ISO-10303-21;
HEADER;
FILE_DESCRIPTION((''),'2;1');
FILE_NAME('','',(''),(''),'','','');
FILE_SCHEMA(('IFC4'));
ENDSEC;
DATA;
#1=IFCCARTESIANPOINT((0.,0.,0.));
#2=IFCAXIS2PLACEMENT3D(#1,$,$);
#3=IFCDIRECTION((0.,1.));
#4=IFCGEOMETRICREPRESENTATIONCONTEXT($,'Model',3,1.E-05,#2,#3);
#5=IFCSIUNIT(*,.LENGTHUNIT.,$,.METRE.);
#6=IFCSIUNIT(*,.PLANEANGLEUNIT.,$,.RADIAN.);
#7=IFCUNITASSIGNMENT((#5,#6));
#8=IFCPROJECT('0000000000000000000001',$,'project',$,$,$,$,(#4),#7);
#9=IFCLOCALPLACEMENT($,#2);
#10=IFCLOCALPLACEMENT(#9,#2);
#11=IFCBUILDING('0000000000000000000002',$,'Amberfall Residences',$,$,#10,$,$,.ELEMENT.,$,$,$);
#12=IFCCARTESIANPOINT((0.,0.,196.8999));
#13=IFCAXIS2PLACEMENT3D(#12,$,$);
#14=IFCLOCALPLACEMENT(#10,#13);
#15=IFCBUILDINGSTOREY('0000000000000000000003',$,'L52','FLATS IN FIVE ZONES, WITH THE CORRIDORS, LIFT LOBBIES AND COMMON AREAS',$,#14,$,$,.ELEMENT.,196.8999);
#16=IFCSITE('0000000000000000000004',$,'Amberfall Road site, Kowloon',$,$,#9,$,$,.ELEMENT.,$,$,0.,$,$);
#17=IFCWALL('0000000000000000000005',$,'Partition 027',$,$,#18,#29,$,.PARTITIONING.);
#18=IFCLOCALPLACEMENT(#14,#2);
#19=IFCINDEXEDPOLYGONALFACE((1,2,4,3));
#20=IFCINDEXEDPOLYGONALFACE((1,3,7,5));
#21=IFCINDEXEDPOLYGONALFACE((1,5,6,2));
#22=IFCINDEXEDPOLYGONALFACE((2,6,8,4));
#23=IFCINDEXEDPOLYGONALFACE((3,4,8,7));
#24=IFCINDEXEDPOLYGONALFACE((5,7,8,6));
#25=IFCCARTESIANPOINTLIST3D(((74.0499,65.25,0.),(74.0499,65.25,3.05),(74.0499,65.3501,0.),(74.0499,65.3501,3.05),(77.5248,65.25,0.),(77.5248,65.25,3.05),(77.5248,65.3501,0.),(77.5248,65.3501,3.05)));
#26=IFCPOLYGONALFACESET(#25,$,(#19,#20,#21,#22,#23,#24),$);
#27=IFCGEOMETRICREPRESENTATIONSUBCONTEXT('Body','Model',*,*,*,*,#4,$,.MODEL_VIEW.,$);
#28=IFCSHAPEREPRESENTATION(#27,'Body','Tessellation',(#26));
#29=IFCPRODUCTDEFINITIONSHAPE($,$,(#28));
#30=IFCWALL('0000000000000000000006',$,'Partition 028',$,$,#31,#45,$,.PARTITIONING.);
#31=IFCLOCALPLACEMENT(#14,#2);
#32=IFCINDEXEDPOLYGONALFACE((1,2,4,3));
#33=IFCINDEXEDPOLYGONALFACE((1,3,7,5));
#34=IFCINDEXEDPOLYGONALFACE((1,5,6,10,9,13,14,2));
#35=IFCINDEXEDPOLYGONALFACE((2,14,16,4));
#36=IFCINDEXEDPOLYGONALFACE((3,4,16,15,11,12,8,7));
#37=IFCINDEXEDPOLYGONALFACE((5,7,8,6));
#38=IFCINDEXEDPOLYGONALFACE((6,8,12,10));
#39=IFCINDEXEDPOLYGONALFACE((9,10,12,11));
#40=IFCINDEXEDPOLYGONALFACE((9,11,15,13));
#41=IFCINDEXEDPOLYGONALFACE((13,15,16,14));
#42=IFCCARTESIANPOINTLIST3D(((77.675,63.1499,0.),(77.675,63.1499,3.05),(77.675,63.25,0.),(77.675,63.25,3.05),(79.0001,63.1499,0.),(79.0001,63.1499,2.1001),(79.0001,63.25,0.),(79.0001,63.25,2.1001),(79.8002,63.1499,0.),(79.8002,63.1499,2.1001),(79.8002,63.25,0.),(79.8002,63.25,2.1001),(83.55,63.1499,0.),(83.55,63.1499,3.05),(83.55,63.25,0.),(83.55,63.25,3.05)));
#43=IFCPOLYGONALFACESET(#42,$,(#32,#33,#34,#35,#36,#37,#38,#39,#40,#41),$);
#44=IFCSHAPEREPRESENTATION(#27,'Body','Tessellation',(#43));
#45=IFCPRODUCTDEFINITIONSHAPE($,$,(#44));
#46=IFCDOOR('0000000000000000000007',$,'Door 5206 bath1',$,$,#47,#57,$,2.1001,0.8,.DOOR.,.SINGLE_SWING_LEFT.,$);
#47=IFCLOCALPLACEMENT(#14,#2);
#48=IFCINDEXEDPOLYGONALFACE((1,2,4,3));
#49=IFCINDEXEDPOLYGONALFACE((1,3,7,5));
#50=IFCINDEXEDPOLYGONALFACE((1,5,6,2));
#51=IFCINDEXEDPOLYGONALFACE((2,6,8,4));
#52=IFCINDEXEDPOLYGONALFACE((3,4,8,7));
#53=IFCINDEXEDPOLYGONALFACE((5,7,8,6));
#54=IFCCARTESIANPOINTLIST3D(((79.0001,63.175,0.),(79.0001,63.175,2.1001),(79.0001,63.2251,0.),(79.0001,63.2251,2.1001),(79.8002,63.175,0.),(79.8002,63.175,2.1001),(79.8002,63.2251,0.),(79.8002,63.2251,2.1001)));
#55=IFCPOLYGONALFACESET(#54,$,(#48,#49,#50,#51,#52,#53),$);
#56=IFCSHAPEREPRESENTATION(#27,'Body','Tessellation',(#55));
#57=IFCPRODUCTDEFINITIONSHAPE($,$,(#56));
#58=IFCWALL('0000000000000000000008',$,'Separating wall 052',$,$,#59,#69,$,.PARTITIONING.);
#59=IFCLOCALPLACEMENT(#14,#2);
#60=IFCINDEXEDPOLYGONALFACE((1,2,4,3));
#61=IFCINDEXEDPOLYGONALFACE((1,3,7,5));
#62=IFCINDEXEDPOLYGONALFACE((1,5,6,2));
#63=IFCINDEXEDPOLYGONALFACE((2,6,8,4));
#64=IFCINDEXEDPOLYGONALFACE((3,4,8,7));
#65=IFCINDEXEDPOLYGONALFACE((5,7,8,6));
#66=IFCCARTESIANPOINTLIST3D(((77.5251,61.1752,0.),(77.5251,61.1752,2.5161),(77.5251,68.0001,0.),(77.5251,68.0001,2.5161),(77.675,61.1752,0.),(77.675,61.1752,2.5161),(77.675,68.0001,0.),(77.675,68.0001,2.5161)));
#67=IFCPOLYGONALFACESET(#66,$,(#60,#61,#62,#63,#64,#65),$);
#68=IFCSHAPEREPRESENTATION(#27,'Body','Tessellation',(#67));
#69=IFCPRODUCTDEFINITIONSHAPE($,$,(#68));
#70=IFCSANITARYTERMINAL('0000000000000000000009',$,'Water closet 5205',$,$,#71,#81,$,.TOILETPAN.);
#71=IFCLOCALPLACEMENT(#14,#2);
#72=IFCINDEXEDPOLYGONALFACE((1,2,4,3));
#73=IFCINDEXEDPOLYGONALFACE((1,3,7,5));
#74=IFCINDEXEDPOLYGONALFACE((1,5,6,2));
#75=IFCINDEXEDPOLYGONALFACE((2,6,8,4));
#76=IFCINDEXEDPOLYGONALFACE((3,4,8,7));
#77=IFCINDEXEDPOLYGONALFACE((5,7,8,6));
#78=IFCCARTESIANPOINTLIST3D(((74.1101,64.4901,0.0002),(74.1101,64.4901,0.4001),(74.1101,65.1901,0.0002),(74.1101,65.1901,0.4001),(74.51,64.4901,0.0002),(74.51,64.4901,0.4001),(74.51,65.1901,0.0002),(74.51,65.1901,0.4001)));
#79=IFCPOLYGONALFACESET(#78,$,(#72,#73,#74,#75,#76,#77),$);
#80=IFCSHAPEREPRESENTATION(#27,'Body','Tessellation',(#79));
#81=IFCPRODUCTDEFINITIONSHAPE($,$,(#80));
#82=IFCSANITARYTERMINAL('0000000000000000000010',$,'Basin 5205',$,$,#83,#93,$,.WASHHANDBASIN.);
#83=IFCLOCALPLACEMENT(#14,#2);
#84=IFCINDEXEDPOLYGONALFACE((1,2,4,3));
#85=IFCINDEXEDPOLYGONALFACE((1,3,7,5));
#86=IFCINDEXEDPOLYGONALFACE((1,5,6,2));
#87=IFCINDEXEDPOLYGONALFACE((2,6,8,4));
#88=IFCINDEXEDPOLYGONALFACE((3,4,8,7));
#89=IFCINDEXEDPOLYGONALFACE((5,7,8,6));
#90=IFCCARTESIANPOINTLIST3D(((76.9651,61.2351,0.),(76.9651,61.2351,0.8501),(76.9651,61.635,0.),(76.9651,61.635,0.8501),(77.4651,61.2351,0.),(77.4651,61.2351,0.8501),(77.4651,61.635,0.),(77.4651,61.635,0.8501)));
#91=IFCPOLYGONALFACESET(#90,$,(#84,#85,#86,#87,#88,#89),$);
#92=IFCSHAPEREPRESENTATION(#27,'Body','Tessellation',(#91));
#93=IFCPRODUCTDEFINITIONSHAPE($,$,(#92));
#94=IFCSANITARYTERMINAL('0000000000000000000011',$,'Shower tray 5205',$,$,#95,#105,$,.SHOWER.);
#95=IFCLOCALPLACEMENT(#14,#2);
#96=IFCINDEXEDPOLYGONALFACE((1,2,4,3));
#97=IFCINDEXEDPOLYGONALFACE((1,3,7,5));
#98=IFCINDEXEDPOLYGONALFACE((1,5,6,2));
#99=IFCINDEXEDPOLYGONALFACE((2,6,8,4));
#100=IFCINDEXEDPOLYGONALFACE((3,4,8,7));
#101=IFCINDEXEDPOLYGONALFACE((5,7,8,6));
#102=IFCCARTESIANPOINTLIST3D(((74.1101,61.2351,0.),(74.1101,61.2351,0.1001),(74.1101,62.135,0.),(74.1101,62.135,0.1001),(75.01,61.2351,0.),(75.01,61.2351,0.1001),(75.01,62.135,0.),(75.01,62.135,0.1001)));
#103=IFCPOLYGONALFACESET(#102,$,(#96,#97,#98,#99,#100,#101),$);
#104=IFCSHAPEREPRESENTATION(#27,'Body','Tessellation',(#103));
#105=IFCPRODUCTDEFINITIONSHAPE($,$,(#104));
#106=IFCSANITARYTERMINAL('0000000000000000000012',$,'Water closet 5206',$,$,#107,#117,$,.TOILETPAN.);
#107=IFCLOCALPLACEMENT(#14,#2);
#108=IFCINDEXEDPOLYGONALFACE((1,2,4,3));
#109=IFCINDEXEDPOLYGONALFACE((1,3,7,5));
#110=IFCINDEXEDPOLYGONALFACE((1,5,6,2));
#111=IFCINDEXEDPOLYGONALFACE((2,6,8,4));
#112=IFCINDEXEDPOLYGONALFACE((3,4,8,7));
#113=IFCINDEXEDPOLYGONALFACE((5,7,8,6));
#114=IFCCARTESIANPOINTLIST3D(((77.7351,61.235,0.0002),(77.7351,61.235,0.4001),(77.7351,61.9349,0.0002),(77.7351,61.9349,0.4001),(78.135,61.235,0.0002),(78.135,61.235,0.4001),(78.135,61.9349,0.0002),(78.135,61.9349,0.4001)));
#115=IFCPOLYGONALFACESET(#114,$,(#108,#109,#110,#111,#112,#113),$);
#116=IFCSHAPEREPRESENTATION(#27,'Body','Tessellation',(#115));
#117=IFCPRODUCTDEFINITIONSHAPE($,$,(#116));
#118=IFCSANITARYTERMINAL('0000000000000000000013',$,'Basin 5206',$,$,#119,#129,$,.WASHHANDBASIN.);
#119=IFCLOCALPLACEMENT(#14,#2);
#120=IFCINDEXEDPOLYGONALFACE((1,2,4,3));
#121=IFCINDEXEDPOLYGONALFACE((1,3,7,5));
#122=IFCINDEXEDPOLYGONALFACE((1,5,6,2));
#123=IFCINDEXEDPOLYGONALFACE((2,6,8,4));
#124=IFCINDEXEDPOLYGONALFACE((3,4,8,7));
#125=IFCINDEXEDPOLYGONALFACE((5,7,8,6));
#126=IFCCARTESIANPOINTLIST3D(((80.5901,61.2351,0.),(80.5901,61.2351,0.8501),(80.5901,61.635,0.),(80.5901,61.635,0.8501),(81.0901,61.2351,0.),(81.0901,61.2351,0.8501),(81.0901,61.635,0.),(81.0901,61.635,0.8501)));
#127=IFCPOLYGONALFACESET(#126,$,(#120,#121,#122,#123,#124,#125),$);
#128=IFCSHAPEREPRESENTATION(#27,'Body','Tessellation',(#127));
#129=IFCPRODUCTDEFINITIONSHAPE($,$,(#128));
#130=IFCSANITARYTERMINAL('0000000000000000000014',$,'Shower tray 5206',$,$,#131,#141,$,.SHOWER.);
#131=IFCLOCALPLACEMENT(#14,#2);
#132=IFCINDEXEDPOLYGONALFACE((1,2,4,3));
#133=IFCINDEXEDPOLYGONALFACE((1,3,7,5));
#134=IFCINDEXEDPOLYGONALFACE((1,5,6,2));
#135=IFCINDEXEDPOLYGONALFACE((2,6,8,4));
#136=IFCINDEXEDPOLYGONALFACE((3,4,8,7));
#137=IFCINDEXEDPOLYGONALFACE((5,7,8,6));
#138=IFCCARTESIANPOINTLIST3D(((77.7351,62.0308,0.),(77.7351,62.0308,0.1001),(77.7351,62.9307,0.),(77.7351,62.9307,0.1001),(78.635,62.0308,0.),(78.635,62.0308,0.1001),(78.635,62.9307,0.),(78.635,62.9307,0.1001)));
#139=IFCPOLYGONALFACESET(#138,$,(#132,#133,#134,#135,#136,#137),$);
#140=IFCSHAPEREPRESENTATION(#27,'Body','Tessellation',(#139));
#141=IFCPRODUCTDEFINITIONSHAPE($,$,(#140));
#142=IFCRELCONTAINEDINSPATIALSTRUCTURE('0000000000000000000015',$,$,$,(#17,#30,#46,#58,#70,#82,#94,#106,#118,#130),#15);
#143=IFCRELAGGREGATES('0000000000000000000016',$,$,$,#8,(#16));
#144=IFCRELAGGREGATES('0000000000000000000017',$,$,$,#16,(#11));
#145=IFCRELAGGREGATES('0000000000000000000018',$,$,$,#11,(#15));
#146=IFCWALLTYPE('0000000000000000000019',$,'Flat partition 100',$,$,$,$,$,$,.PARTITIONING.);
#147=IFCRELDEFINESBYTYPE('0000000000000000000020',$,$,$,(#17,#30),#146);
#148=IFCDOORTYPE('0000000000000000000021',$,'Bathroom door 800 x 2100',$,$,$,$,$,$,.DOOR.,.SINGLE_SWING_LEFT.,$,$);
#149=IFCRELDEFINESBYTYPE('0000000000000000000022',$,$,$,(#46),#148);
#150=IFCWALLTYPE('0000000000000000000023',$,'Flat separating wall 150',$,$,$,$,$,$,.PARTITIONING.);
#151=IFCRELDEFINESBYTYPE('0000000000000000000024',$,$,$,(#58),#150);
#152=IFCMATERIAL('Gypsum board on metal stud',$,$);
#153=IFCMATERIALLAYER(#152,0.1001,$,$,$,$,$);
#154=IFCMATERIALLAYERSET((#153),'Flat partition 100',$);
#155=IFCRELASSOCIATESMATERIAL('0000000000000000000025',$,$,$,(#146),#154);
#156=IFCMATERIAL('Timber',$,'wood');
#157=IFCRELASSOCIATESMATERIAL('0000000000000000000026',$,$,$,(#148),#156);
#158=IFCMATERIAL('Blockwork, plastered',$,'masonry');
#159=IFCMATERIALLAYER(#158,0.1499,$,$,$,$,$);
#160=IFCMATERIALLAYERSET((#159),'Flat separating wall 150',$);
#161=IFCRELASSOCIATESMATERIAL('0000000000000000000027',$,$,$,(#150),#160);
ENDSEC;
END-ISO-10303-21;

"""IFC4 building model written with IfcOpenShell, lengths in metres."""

from ifc_helpers import new_model, si_unit, direction, frame, frame_2d, origin, origin_2d, place, context, subcontext, project, spatial, rectangle, extrude, material, layer, layer_set, type_object, element, fill, save


model = new_model("IFC4")

# Units and contexts
model_context = context("Model", 3, precision=1e-05, world=origin(), true_north=direction((0.0, 1.0)))
body_context = subcontext(model_context, "Body", "Model", "MODEL_VIEW")
ifc_project = project(units=[si_unit("LENGTHUNIT", "METRE"), si_unit("PLANEANGLEUNIT", "RADIAN")], contexts=[model_context])

# Site, building, storey
site_placement = place(None, origin())
site = spatial("IfcSite", under=ifc_project, at=site_placement, Name="Amberfall Road site, Kowloon", CompositionType="ELEMENT", RefElevation=0.0)
building_placement = place(site_placement, origin())
building = spatial("IfcBuilding", under=site, at=building_placement, Name="Amberfall Residences", CompositionType="ELEMENT")
storey_placement = place(building_placement, frame((0.0, 0.0, 196.8999)))
storey = spatial("IfcBuildingStorey", under=building, at=storey_placement, Name="L52", Description="FLATS IN FIVE ZONES, WITH THE CORRIDORS, LIFT LOBBIES AND COMMON AREAS", CompositionType="ELEMENT", Elevation=196.8999)

# Shared definitions
ifc_material_1 = material(Name="Gypsum board on metal stud")
ifc_layer_1 = layer(ifc_material_1, 0.1001)
ifc_layer_set_1 = layer_set([ifc_layer_1], Name="Flat partition 100")
wall_type_1 = type_object("IfcWallType", Name="Flat partition 100", PredefinedType="PARTITIONING", material=ifc_layer_set_1)
ifc_material_2 = material(Name="Timber", Category="wood")
door_type_1 = type_object("IfcDoorType", Name="Bathroom door 800 x 2100", OperationType="SINGLE_SWING_LEFT", PredefinedType="DOOR", material=ifc_material_2)

# Wall
wall_1_placement = place(storey_placement, frame((74.05, 65.3, 0.0), z_axis=(0.0, 0.0, 1.0), x_axis=(1.0, 0.0, 0.0)))
element("IfcWall", 1, at=wall_1_placement, inside=storey, type_object=wall_type_1, Name="Partition 027", PredefinedType="PARTITIONING", context=body_context, shape_type="SweptSolid", body=[
    extrude(rectangle(XDim=3.4749, YDim=0.1001, at=frame_2d((1.7373, 0.0))), origin(), (0.0, 0.0, 1.0), 3.05),
])

# Wall, opening, door
wall_2_placement = place(storey_placement, frame((83.55, 63.2, 0.0), z_axis=(0.0, 0.0, 1.0), x_axis=(-1.0, 0.0, 0.0)))
wall_2 = element("IfcWall", 2, at=wall_2_placement, inside=storey, type_object=wall_type_1, Name="Partition 028", PredefinedType="PARTITIONING", context=body_context, shape_type="SweptSolid", body=[
    extrude(rectangle(XDim=5.875, YDim=0.1001, at=frame_2d((2.9375, 0.0))), origin(), (0.0, 0.0, 1.0), 3.05),
])
opening_1_placement = place(wall_2_placement, frame((3.75, 0.0, 0.0)))
opening_1 = element("IfcOpeningElement", 3, at=opening_1_placement, cuts=wall_2, PredefinedType="OPENING", context=body_context, shape_type="SweptSolid", body=[
    extrude(rectangle(XDim=0.8, YDim=2.1001, at=frame_2d((0.3999, 1.05))), frame((0.0, 0.0601, 0.0), z_axis=(0.0, -1.0, 0.0), x_axis=(1.0, 0.0, 0.0)), (0.0, 0.0, 1.0), 0.1201),
])
door_1_placement = place(opening_1_placement, origin())
door_1 = element("IfcDoor", 4, at=door_1_placement, inside=storey, type_object=door_type_1, Name="Door 5206 bath1", OperationType="SINGLE_SWING_LEFT", OverallHeight=2.1001, OverallWidth=0.8, PredefinedType="DOOR", context=body_context, shape_type="SweptSolid", body=[
    extrude(rectangle(XDim=0.8, YDim=2.1001, at=frame_2d((0.3999, 1.05))), frame((0.0, 0.0249, 0.0), z_axis=(0.0, -1.0, 0.0), x_axis=(1.0, 0.0, 0.0)), (0.0, 0.0, 1.0), 0.05),
])
fill(opening_1, door_1)

# Wall
ifc_material_3 = material(Name="Blockwork, plastered", Category="masonry")
ifc_layer_2 = layer(ifc_material_3, 0.1499)
ifc_layer_set_2 = layer_set([ifc_layer_2], Name="Flat separating wall 150")
wall_type_2 = type_object("IfcWallType", Name="Flat separating wall 150", PredefinedType="PARTITIONING", material=ifc_layer_set_2)
wall_3_placement = place(storey_placement, frame((77.6001, 61.175, 0.0), z_axis=(0.0, 0.0, 1.0), x_axis=(0.0, 1.0, 0.0)))
element("IfcWall", 5, at=wall_3_placement, inside=storey, type_object=wall_type_2, Name="Separating wall 052", PredefinedType="PARTITIONING", context=body_context, shape_type="SweptSolid", body=[
    extrude(rectangle(XDim=6.825, YDim=0.1499, at=frame_2d((3.4126, 0.0))), origin(), (0.0, 0.0, 1.0), 2.5161),
])

# Sanitary terminals
sanitary_terminal_1_placement = place(storey_placement, frame((74.3101, 64.8401, 0.0002), z_axis=(0.0, 0.0, 1.0), x_axis=(1.0, 0.0, 0.0)))
element("IfcSanitaryTerminal", 6, at=sanitary_terminal_1_placement, inside=storey, Name="Water closet 5205", PredefinedType="TOILETPAN", context=body_context, shape_type="SweptSolid", body=[
    extrude(rectangle(XDim=0.3999, YDim=0.7, at=origin_2d()), origin(), (0.0, 0.0, 1.0), 0.3999),
])
sanitary_terminal_2_placement = place(storey_placement, frame((77.2151, 61.4351, 0.0), z_axis=(0.0, 0.0, 1.0), x_axis=(1.0, 0.0, 0.0)))
element("IfcSanitaryTerminal", 7, at=sanitary_terminal_2_placement, inside=storey, Name="Basin 5205", PredefinedType="WASHHANDBASIN", context=body_context, shape_type="SweptSolid", body=[
    extrude(rectangle(XDim=0.5, YDim=0.3999, at=origin_2d()), origin(), (0.0, 0.0, 1.0), 0.8501),
])
sanitary_terminal_3_placement = place(storey_placement, frame((74.5601, 61.6851, 0.0), z_axis=(0.0, 0.0, 1.0), x_axis=(1.0, 0.0, 0.0)))
element("IfcSanitaryTerminal", 8, at=sanitary_terminal_3_placement, inside=storey, Name="Shower tray 5205", PredefinedType="SHOWER", context=body_context, shape_type="SweptSolid", body=[
    extrude(rectangle(XDim=0.8999, YDim=0.8999, at=origin_2d()), origin(), (0.0, 0.0, 1.0), 0.1001),
])
sanitary_terminal_4_placement = place(storey_placement, frame((77.9351, 61.585, 0.0002), z_axis=(0.0, 0.0, 1.0), x_axis=(1.0, 0.0, 0.0)))
element("IfcSanitaryTerminal", 9, at=sanitary_terminal_4_placement, inside=storey, Name="Water closet 5206", PredefinedType="TOILETPAN", context=body_context, shape_type="SweptSolid", body=[
    extrude(rectangle(XDim=0.3999, YDim=0.7, at=origin_2d()), origin(), (0.0, 0.0, 1.0), 0.3999),
])
sanitary_terminal_5_placement = place(storey_placement, frame((80.8401, 61.4351, 0.0), z_axis=(0.0, 0.0, 1.0), x_axis=(1.0, 0.0, 0.0)))
element("IfcSanitaryTerminal", 10, at=sanitary_terminal_5_placement, inside=storey, Name="Basin 5206", PredefinedType="WASHHANDBASIN", context=body_context, shape_type="SweptSolid", body=[
    extrude(rectangle(XDim=0.5, YDim=0.3999, at=origin_2d()), origin(), (0.0, 0.0, 1.0), 0.8501),
])
sanitary_terminal_6_placement = place(storey_placement, frame((78.1851, 62.4807, 0.0), z_axis=(0.0, 0.0, 1.0), x_axis=(1.0, 0.0, 0.0)))
element("IfcSanitaryTerminal", 11, at=sanitary_terminal_6_placement, inside=storey, Name="Shower tray 5206", PredefinedType="SHOWER", context=body_context, shape_type="SweptSolid", body=[
    extrude(rectangle(XDim=0.8999, YDim=0.8999, at=origin_2d()), origin(), (0.0, 0.0, 1.0), 0.1001),
])

save(model, "model.ifc")
